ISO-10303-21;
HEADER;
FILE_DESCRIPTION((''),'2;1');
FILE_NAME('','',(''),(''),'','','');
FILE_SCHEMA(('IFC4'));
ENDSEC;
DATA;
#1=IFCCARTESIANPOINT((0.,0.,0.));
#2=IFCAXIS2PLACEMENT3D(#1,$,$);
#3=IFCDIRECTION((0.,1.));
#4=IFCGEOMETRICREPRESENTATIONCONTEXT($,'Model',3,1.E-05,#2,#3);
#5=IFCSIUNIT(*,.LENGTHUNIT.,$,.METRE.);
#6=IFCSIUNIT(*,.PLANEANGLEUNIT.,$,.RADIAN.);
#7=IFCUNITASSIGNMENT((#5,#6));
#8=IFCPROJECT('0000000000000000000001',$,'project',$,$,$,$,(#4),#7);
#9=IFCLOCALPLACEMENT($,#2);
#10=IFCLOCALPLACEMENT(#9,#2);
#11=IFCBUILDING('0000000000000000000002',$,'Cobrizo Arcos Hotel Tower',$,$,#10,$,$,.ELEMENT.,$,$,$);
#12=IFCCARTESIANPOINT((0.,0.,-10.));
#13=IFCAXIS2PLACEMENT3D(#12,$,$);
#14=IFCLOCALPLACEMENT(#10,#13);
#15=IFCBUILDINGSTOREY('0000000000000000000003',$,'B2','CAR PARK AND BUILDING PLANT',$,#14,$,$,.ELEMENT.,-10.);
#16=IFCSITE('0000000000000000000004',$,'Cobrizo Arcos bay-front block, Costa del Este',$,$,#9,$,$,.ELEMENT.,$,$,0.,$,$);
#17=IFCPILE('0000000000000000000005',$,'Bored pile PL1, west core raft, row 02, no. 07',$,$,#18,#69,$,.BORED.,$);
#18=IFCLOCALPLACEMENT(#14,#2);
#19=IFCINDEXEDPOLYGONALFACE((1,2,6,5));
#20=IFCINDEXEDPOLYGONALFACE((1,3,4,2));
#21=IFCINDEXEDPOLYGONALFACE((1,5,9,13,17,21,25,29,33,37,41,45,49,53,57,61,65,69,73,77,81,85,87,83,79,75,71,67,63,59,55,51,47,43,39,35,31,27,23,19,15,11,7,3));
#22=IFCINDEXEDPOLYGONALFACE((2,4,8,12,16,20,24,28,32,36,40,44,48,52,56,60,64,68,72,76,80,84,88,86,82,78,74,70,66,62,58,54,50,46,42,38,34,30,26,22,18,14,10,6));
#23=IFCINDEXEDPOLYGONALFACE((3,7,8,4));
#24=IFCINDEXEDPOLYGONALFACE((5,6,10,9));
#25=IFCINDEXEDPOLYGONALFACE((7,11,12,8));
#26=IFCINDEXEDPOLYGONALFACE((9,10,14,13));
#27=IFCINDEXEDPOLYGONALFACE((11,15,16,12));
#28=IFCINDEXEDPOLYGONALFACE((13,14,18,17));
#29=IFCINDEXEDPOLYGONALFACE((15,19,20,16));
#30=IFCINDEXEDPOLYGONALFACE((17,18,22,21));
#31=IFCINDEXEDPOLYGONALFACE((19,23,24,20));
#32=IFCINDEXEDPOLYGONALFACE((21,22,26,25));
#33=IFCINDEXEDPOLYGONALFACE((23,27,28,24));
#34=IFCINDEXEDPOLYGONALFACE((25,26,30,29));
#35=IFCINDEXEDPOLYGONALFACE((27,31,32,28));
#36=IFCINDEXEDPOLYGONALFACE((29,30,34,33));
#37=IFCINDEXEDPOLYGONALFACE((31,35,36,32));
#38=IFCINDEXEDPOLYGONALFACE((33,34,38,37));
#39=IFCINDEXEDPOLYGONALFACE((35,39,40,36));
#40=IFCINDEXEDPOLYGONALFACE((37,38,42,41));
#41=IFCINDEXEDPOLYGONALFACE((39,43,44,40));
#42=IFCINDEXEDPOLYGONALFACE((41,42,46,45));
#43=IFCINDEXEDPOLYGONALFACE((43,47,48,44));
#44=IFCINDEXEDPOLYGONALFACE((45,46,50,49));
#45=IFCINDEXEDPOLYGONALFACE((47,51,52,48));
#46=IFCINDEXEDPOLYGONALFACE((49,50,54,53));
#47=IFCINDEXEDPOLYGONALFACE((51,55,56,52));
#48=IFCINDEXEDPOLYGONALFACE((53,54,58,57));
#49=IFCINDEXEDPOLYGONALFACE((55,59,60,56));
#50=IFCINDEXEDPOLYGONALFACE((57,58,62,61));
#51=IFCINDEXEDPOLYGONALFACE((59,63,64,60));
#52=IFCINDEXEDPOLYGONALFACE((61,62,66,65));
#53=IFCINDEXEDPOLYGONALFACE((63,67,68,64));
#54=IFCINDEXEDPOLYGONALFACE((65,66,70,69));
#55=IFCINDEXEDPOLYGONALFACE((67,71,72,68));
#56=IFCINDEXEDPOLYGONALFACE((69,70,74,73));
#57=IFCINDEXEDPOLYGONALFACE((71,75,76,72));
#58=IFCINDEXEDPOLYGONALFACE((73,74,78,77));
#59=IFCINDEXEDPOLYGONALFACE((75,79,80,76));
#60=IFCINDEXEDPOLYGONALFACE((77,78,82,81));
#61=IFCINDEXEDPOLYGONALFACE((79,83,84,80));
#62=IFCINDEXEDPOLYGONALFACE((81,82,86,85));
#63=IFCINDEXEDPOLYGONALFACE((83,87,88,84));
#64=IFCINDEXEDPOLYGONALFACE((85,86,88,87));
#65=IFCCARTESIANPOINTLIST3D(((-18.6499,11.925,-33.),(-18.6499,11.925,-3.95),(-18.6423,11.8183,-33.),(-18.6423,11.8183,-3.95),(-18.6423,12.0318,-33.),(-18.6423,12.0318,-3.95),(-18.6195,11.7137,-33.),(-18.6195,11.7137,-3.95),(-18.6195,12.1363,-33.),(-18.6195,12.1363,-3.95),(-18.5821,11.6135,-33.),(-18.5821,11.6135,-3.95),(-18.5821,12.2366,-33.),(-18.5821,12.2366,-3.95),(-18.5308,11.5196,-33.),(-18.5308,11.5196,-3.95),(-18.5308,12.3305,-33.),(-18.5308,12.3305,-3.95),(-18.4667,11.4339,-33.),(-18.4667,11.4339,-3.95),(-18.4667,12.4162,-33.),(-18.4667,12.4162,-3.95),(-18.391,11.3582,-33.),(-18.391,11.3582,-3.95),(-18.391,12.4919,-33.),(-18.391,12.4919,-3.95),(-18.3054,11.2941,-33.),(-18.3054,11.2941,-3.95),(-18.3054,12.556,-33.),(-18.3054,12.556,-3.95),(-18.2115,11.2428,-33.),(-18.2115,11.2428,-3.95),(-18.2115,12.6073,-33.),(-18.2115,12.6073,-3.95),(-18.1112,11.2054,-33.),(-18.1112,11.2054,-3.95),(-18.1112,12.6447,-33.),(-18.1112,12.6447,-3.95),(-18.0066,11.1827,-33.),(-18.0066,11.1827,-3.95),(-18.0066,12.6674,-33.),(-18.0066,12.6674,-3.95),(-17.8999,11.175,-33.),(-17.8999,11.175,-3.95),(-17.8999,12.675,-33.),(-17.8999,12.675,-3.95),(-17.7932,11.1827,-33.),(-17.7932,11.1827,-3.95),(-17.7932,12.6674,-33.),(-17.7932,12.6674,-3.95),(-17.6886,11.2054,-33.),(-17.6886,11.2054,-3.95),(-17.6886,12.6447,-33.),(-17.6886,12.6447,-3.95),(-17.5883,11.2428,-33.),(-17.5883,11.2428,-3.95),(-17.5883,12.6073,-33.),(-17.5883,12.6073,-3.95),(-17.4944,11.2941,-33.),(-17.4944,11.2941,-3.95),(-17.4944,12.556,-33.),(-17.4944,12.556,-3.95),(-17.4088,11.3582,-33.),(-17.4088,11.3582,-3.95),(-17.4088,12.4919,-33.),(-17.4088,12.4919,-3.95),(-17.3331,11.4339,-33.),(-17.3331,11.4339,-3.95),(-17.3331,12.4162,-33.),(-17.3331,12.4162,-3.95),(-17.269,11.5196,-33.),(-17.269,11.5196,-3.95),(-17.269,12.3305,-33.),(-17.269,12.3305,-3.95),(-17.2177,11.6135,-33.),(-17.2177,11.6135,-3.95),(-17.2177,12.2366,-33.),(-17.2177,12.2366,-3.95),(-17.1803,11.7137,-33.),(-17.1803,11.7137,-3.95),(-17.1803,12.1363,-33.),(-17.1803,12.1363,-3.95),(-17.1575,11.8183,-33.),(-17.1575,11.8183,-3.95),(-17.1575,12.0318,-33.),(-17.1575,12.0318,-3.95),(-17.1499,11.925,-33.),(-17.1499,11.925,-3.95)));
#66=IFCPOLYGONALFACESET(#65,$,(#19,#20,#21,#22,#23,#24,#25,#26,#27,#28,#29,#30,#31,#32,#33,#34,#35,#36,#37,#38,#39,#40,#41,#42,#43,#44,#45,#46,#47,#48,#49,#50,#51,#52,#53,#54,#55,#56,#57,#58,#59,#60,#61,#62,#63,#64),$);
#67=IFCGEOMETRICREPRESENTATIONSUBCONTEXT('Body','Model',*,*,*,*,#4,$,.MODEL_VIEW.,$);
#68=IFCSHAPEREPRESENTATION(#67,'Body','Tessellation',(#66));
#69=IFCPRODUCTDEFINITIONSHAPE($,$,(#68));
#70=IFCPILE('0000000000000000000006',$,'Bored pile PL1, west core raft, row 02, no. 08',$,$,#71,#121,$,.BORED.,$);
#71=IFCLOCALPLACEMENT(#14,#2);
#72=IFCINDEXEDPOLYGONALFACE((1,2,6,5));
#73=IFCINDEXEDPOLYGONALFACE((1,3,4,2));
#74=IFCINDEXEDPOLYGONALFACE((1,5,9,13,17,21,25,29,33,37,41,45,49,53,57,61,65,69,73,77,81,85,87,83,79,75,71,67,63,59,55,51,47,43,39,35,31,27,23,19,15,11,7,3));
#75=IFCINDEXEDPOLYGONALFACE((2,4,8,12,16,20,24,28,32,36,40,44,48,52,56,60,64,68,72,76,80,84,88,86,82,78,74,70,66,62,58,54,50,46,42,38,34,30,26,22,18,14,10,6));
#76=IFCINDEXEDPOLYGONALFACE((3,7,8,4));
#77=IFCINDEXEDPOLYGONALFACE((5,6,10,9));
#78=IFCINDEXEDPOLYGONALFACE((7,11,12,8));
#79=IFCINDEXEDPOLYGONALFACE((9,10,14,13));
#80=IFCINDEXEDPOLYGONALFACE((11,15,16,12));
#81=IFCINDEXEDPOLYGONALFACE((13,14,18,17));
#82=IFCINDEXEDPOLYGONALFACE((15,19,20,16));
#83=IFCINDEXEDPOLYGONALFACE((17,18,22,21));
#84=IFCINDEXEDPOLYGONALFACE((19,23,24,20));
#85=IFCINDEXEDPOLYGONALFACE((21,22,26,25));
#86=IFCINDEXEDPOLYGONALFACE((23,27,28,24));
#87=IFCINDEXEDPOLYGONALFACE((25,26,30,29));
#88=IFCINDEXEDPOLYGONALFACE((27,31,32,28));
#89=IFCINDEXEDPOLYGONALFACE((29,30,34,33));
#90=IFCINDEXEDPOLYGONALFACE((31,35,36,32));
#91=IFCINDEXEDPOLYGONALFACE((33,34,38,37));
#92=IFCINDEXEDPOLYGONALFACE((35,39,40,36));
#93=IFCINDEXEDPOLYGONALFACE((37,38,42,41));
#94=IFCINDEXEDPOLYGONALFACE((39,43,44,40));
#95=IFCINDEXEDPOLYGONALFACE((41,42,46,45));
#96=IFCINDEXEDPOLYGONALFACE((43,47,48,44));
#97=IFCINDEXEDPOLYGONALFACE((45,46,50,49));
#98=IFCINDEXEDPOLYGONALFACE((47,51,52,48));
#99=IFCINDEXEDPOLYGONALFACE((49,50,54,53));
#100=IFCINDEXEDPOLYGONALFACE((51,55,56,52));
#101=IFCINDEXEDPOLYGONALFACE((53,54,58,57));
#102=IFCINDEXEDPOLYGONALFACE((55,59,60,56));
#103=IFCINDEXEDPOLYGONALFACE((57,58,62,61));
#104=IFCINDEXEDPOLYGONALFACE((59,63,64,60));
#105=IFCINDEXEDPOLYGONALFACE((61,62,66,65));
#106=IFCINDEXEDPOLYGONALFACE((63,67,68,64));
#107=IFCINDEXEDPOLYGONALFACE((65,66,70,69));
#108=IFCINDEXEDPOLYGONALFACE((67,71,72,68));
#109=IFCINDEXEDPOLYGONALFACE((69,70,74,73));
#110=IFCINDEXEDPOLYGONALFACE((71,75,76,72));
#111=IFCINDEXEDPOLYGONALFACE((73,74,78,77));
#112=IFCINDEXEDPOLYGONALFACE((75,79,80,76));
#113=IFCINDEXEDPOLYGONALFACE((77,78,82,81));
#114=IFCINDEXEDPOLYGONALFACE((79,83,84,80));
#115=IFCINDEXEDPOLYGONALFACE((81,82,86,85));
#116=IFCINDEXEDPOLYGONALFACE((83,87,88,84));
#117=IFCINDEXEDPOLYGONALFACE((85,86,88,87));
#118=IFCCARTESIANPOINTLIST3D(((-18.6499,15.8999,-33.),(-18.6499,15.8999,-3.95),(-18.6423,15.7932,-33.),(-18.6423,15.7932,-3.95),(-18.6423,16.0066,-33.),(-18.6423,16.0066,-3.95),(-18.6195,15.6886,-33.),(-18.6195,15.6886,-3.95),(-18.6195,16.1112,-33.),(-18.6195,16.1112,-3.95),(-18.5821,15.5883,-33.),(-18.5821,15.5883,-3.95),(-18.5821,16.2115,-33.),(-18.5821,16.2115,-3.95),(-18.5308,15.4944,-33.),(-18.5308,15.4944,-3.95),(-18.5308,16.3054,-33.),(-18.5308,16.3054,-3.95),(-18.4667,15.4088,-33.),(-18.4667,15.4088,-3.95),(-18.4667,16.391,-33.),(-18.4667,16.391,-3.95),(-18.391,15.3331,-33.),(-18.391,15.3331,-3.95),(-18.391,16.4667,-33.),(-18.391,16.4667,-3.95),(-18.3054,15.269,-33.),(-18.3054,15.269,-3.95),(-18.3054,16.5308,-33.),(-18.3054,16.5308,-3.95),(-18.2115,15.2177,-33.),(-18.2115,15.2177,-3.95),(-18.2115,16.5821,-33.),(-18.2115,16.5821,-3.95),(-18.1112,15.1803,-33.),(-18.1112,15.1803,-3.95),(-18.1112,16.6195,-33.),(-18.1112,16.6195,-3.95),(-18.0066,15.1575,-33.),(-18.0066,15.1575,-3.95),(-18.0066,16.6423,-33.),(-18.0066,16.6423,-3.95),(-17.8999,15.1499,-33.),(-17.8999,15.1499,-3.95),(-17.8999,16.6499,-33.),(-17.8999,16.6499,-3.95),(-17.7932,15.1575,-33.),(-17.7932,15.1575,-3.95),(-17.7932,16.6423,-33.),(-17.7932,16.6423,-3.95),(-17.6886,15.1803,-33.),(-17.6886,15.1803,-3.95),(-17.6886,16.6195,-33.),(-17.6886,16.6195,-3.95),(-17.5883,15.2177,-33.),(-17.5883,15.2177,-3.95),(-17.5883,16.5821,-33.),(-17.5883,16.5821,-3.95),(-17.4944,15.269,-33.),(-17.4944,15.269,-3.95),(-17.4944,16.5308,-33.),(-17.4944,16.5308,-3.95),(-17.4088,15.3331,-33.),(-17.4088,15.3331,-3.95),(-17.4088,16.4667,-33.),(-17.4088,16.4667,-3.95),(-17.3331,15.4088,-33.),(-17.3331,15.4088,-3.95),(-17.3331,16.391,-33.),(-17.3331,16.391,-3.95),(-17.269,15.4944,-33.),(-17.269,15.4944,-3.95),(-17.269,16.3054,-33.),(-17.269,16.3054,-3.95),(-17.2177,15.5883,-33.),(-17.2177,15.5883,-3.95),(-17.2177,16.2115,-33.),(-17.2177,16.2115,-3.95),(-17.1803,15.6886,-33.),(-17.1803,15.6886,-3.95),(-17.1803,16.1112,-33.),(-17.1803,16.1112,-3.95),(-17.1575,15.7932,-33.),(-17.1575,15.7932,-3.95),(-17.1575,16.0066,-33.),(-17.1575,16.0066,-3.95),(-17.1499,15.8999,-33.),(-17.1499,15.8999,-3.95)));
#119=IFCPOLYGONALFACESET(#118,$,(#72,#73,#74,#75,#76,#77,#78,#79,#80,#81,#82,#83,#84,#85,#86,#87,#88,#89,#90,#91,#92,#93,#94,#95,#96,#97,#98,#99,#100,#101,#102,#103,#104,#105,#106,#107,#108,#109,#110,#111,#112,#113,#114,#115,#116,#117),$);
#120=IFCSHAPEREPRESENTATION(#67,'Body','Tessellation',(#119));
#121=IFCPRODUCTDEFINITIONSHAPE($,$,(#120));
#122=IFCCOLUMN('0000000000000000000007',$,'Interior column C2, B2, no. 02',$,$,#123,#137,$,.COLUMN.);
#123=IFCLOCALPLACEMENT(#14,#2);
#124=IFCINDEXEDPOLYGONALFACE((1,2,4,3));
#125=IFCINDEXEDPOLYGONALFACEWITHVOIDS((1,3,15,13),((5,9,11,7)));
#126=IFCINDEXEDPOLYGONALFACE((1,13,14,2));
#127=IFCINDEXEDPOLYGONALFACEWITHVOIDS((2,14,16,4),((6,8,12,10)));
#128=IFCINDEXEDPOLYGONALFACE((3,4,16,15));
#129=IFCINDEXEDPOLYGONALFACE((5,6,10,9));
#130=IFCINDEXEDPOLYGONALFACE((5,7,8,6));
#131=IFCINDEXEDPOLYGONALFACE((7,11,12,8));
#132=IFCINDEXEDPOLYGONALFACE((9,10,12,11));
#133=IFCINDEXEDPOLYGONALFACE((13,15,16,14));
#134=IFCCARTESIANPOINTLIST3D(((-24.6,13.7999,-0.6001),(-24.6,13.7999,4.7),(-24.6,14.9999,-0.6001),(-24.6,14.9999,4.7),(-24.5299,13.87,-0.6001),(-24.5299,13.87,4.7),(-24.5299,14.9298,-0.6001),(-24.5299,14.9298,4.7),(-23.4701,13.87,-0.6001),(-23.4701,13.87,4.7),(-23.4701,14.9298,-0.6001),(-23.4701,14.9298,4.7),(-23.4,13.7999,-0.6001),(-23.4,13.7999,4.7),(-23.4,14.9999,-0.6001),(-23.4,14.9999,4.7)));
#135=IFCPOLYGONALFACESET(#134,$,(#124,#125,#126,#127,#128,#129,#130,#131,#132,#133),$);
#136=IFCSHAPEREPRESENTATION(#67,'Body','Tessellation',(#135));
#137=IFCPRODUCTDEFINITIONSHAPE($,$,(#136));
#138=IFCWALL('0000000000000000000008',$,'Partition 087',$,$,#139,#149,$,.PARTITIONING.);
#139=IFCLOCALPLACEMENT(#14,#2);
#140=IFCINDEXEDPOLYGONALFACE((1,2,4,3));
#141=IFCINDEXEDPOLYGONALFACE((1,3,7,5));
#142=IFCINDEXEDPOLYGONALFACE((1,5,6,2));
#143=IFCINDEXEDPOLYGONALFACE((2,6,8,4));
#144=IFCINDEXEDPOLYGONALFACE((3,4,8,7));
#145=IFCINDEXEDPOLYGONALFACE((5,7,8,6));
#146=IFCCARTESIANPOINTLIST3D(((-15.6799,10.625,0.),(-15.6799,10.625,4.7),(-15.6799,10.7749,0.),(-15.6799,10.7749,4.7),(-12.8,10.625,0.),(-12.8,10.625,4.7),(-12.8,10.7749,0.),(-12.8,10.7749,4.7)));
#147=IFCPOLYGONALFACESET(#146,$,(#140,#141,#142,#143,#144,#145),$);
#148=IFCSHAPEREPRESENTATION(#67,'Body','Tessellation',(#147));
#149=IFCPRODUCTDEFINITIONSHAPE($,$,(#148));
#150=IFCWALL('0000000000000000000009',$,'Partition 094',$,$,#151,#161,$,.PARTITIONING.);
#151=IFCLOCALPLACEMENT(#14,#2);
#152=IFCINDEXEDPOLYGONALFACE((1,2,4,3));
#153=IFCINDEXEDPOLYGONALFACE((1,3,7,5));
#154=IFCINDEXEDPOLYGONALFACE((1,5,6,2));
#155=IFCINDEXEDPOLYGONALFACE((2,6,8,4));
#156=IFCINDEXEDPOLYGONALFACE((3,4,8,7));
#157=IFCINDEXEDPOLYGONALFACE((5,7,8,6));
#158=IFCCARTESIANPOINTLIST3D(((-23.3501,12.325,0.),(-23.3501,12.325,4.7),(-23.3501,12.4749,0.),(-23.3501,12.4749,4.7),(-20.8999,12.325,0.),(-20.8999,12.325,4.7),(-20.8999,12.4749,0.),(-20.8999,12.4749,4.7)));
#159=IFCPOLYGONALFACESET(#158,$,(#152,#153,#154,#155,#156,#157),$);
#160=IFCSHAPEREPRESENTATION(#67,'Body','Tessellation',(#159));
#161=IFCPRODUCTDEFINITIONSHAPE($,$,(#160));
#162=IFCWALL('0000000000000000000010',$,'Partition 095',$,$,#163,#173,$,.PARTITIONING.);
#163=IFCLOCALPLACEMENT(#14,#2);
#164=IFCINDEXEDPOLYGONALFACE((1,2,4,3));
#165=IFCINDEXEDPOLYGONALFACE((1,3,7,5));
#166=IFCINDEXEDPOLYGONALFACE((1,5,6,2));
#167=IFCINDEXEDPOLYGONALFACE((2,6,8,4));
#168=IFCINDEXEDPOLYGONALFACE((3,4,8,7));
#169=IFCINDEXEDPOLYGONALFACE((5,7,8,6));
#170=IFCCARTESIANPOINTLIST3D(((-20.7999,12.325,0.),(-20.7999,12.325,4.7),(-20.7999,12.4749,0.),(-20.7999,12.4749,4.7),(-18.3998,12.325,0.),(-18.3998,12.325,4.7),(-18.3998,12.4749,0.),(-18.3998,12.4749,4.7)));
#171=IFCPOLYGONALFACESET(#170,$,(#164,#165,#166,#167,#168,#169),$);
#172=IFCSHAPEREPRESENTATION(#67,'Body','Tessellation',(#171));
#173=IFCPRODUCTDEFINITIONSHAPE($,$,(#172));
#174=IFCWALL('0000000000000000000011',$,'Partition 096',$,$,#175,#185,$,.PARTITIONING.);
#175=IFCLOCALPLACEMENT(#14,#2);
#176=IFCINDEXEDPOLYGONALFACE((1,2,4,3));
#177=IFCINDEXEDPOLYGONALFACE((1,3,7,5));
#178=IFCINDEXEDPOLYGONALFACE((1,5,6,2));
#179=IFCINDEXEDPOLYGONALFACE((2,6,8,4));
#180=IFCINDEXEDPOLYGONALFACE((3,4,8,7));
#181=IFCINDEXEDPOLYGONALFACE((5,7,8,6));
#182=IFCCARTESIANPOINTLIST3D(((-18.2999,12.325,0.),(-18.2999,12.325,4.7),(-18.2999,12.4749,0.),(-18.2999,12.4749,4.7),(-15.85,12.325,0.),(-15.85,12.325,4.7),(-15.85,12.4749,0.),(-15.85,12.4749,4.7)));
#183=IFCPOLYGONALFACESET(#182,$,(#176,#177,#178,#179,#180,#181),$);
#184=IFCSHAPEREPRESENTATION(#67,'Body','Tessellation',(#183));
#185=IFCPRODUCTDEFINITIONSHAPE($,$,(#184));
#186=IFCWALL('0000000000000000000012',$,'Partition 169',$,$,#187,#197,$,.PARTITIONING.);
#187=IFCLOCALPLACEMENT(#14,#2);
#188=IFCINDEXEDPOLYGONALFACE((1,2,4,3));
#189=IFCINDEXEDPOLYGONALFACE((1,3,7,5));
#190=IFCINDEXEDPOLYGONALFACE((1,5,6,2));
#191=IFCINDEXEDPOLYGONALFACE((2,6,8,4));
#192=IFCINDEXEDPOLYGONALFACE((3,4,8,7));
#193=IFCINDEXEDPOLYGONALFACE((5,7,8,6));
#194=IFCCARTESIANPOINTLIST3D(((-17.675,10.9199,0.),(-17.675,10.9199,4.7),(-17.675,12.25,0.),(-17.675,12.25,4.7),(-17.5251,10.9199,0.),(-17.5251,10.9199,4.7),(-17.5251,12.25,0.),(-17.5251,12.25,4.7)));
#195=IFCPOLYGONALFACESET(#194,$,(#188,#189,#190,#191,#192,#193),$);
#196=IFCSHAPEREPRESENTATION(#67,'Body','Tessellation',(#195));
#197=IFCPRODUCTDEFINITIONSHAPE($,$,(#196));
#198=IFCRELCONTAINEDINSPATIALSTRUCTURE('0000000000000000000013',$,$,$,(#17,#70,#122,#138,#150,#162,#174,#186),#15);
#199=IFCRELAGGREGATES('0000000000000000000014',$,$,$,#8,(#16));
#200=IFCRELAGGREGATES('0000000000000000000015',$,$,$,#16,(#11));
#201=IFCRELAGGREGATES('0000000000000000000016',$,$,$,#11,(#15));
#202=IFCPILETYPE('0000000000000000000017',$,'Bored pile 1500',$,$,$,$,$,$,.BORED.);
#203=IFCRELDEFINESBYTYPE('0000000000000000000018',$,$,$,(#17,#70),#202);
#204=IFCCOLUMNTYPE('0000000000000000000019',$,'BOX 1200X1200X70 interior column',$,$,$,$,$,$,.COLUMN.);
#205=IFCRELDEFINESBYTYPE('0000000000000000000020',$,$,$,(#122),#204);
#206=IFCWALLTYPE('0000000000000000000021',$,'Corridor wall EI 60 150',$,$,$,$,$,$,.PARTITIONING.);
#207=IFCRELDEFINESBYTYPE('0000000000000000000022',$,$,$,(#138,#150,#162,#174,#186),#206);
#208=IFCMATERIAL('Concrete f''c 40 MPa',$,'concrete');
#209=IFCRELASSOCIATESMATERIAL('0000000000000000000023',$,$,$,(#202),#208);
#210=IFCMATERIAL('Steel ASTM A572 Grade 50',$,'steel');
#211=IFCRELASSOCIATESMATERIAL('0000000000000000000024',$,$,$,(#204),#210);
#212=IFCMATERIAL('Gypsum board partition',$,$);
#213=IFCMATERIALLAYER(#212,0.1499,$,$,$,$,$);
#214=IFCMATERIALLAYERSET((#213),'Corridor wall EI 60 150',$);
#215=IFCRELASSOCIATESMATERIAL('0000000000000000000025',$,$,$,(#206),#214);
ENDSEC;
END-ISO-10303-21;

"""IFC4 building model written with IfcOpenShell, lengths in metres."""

from ifc_helpers import new_model, si_unit, direction, frame, frame_2d, origin, origin_2d, place, context, subcontext, project, spatial, rectangle, hollow_rectangle, circle, extrude, material, layer, layer_set, material_profile, profile_set, type_object, element, save


model = new_model("IFC4")

# Units and contexts
model_context = context("Model", 3, precision=1e-05, world=origin(), true_north=direction((0.0, 1.0)))
body_context = subcontext(model_context, "Body", "Model", "MODEL_VIEW")
ifc_project = project(units=[si_unit("LENGTHUNIT", "METRE"), si_unit("PLANEANGLEUNIT", "RADIAN")], contexts=[model_context])

# Site, building, storey
site_placement = place(None, origin())
site = spatial("IfcSite", under=ifc_project, at=site_placement, Name="Cobrizo Arcos bay-front block, Costa del Este", CompositionType="ELEMENT", RefElevation=0.0)
building_placement = place(site_placement, origin())
building = spatial("IfcBuilding", under=site, at=building_placement, Name="Cobrizo Arcos Hotel Tower", CompositionType="ELEMENT")
storey_placement = place(building_placement, frame((0.0, 0.0, -10.0)))
storey = spatial("IfcBuildingStorey", under=building, at=storey_placement, Name="B2", Description="CAR PARK AND BUILDING PLANT", CompositionType="ELEMENT", Elevation=-10.0)

# Piles
ifc_material_1 = material(Name="Concrete f'c 40 MPa", Category="concrete")
ifc_material_profile_1 = material_profile(ifc_material_1, circle(Radius=0.75, at=origin_2d()), Name="BORED PILE 1500")
ifc_profile_set_1 = profile_set([ifc_material_profile_1], Name="Concrete f'c 40 MPa")
pile_type = type_object("IfcPileType", Name="Bored pile 1500", PredefinedType="BORED", material=ifc_profile_set_1)
for number, where, z_axis, x_axis, name in (
    (1, (-17.8999, 11.925, -3.95), (0.0, 0.0, -1.0), (1.0, 0.0, 0.0), "Bored pile PL1, west core raft, row 02, no. 07"),
    (2, (-17.8999, 15.8999, -3.95), (0.0, 0.0, -1.0), (1.0, 0.0, 0.0), "Bored pile PL1, west core raft, row 02, no. 08"),
):
    element("IfcPile", number, at=place(storey_placement, frame(where, z_axis=z_axis, x_axis=x_axis)), inside=storey, type_object=pile_type, Name=name, PredefinedType="BORED", context=body_context, shape_type="SweptSolid", body=[
        extrude(circle(Radius=0.75, at=origin_2d()), origin(), (0.0, 0.0, 1.0), 29.05),
    ])

# Column
ifc_material_2 = material(Name="Steel ASTM A572 Grade 50", Category="steel")
ifc_material_profile_2 = material_profile(ifc_material_2, hollow_rectangle(XDim=1.2, YDim=1.2, WallThickness=0.0701, at=origin_2d()), Name="BOX 1200X1200X70")
ifc_profile_set_2 = profile_set([ifc_material_profile_2], Name="Steel ASTM A572 Grade 50")
column_type = type_object("IfcColumnType", Name="BOX 1200X1200X70 interior column", PredefinedType="COLUMN", material=ifc_profile_set_2)
column_placement = place(storey_placement, frame((-24.0, 14.3999, -0.6001), z_axis=(0.0, 0.0, 1.0), x_axis=(1.0, 0.0, 0.0)))
element("IfcColumn", 3, at=column_placement, inside=storey, type_object=column_type, Name="Interior column C2, B2, no. 02", PredefinedType="COLUMN", context=body_context, shape_type="SweptSolid", body=[
    extrude(hollow_rectangle(XDim=1.2, YDim=1.2, WallThickness=0.0701, at=origin_2d()), origin(), (0.0, 0.0, 1.0), 5.3),
])

# Walls
ifc_material_3 = material(Name="Gypsum board partition")
ifc_layer_1 = layer(ifc_material_3, 0.1499)
ifc_layer_set_1 = layer_set([ifc_layer_1], Name="Corridor wall EI 60 150")
wall_type_1 = type_object("IfcWallType", Name="Corridor wall EI 60 150", PredefinedType="PARTITIONING", material=ifc_layer_set_1)
wall_1_placement = place(storey_placement, frame((-15.6799, 10.7, 0.0), z_axis=(0.0, 0.0, 1.0), x_axis=(1.0, 0.0, 0.0)))
element("IfcWall", 4, at=wall_1_placement, inside=storey, type_object=wall_type_1, Name="Partition 087", PredefinedType="PARTITIONING", context=body_context, shape_type="SweptSolid", body=[
    extrude(rectangle(XDim=2.8799, YDim=0.1499, at=frame_2d((1.4399, 0.0))), origin(), (0.0, 0.0, 1.0), 4.7),
])
wall_2_placement = place(storey_placement, frame((-23.3501, 12.3999, 0.0), z_axis=(0.0, 0.0, 1.0), x_axis=(1.0, 0.0, 0.0)))
element("IfcWall", 5, at=wall_2_placement, inside=storey, type_object=wall_type_1, Name="Partition 094", PredefinedType="PARTITIONING", context=body_context, shape_type="SweptSolid", body=[
    extrude(rectangle(XDim=2.4502, YDim=0.1499, at=frame_2d((1.2251, 0.0))), origin(), (0.0, 0.0, 1.0), 4.7),
])
wall_3_placement = place(storey_placement, frame((-20.8, 12.3999, 0.0), z_axis=(0.0, 0.0, 1.0), x_axis=(1.0, 0.0, 0.0)))
element("IfcWall", 6, at=wall_3_placement, inside=storey, type_object=wall_type_1, Name="Partition 095", PredefinedType="PARTITIONING", context=body_context, shape_type="SweptSolid", body=[
    extrude(rectangle(XDim=2.4001, YDim=0.1499, at=frame_2d((1.2002, 0.0))), origin(), (0.0, 0.0, 1.0), 4.7),
])
wall_4_placement = place(storey_placement, frame((-18.3, 12.3999, 0.0), z_axis=(0.0, 0.0, 1.0), x_axis=(1.0, 0.0, 0.0)))
element("IfcWall", 7, at=wall_4_placement, inside=storey, type_object=wall_type_1, Name="Partition 096", PredefinedType="PARTITIONING", context=body_context, shape_type="SweptSolid", body=[
    extrude(rectangle(XDim=2.45, YDim=0.1499, at=frame_2d((1.2251, 0.0))), origin(), (0.0, 0.0, 1.0), 4.7),
])
wall_5_placement = place(storey_placement, frame((-17.6001, 10.9199, 0.0), z_axis=(0.0, 0.0, 1.0), x_axis=(0.0, 1.0, 0.0)))
element("IfcWall", 8, at=wall_5_placement, inside=storey, type_object=wall_type_1, Name="Partition 169", PredefinedType="PARTITIONING", context=body_context, shape_type="SweptSolid", body=[
    extrude(rectangle(XDim=1.3301, YDim=0.1499, at=frame_2d((0.665, 0.0))), origin(), (0.0, 0.0, 1.0), 4.7),
])

save(model, "model.ifc")
